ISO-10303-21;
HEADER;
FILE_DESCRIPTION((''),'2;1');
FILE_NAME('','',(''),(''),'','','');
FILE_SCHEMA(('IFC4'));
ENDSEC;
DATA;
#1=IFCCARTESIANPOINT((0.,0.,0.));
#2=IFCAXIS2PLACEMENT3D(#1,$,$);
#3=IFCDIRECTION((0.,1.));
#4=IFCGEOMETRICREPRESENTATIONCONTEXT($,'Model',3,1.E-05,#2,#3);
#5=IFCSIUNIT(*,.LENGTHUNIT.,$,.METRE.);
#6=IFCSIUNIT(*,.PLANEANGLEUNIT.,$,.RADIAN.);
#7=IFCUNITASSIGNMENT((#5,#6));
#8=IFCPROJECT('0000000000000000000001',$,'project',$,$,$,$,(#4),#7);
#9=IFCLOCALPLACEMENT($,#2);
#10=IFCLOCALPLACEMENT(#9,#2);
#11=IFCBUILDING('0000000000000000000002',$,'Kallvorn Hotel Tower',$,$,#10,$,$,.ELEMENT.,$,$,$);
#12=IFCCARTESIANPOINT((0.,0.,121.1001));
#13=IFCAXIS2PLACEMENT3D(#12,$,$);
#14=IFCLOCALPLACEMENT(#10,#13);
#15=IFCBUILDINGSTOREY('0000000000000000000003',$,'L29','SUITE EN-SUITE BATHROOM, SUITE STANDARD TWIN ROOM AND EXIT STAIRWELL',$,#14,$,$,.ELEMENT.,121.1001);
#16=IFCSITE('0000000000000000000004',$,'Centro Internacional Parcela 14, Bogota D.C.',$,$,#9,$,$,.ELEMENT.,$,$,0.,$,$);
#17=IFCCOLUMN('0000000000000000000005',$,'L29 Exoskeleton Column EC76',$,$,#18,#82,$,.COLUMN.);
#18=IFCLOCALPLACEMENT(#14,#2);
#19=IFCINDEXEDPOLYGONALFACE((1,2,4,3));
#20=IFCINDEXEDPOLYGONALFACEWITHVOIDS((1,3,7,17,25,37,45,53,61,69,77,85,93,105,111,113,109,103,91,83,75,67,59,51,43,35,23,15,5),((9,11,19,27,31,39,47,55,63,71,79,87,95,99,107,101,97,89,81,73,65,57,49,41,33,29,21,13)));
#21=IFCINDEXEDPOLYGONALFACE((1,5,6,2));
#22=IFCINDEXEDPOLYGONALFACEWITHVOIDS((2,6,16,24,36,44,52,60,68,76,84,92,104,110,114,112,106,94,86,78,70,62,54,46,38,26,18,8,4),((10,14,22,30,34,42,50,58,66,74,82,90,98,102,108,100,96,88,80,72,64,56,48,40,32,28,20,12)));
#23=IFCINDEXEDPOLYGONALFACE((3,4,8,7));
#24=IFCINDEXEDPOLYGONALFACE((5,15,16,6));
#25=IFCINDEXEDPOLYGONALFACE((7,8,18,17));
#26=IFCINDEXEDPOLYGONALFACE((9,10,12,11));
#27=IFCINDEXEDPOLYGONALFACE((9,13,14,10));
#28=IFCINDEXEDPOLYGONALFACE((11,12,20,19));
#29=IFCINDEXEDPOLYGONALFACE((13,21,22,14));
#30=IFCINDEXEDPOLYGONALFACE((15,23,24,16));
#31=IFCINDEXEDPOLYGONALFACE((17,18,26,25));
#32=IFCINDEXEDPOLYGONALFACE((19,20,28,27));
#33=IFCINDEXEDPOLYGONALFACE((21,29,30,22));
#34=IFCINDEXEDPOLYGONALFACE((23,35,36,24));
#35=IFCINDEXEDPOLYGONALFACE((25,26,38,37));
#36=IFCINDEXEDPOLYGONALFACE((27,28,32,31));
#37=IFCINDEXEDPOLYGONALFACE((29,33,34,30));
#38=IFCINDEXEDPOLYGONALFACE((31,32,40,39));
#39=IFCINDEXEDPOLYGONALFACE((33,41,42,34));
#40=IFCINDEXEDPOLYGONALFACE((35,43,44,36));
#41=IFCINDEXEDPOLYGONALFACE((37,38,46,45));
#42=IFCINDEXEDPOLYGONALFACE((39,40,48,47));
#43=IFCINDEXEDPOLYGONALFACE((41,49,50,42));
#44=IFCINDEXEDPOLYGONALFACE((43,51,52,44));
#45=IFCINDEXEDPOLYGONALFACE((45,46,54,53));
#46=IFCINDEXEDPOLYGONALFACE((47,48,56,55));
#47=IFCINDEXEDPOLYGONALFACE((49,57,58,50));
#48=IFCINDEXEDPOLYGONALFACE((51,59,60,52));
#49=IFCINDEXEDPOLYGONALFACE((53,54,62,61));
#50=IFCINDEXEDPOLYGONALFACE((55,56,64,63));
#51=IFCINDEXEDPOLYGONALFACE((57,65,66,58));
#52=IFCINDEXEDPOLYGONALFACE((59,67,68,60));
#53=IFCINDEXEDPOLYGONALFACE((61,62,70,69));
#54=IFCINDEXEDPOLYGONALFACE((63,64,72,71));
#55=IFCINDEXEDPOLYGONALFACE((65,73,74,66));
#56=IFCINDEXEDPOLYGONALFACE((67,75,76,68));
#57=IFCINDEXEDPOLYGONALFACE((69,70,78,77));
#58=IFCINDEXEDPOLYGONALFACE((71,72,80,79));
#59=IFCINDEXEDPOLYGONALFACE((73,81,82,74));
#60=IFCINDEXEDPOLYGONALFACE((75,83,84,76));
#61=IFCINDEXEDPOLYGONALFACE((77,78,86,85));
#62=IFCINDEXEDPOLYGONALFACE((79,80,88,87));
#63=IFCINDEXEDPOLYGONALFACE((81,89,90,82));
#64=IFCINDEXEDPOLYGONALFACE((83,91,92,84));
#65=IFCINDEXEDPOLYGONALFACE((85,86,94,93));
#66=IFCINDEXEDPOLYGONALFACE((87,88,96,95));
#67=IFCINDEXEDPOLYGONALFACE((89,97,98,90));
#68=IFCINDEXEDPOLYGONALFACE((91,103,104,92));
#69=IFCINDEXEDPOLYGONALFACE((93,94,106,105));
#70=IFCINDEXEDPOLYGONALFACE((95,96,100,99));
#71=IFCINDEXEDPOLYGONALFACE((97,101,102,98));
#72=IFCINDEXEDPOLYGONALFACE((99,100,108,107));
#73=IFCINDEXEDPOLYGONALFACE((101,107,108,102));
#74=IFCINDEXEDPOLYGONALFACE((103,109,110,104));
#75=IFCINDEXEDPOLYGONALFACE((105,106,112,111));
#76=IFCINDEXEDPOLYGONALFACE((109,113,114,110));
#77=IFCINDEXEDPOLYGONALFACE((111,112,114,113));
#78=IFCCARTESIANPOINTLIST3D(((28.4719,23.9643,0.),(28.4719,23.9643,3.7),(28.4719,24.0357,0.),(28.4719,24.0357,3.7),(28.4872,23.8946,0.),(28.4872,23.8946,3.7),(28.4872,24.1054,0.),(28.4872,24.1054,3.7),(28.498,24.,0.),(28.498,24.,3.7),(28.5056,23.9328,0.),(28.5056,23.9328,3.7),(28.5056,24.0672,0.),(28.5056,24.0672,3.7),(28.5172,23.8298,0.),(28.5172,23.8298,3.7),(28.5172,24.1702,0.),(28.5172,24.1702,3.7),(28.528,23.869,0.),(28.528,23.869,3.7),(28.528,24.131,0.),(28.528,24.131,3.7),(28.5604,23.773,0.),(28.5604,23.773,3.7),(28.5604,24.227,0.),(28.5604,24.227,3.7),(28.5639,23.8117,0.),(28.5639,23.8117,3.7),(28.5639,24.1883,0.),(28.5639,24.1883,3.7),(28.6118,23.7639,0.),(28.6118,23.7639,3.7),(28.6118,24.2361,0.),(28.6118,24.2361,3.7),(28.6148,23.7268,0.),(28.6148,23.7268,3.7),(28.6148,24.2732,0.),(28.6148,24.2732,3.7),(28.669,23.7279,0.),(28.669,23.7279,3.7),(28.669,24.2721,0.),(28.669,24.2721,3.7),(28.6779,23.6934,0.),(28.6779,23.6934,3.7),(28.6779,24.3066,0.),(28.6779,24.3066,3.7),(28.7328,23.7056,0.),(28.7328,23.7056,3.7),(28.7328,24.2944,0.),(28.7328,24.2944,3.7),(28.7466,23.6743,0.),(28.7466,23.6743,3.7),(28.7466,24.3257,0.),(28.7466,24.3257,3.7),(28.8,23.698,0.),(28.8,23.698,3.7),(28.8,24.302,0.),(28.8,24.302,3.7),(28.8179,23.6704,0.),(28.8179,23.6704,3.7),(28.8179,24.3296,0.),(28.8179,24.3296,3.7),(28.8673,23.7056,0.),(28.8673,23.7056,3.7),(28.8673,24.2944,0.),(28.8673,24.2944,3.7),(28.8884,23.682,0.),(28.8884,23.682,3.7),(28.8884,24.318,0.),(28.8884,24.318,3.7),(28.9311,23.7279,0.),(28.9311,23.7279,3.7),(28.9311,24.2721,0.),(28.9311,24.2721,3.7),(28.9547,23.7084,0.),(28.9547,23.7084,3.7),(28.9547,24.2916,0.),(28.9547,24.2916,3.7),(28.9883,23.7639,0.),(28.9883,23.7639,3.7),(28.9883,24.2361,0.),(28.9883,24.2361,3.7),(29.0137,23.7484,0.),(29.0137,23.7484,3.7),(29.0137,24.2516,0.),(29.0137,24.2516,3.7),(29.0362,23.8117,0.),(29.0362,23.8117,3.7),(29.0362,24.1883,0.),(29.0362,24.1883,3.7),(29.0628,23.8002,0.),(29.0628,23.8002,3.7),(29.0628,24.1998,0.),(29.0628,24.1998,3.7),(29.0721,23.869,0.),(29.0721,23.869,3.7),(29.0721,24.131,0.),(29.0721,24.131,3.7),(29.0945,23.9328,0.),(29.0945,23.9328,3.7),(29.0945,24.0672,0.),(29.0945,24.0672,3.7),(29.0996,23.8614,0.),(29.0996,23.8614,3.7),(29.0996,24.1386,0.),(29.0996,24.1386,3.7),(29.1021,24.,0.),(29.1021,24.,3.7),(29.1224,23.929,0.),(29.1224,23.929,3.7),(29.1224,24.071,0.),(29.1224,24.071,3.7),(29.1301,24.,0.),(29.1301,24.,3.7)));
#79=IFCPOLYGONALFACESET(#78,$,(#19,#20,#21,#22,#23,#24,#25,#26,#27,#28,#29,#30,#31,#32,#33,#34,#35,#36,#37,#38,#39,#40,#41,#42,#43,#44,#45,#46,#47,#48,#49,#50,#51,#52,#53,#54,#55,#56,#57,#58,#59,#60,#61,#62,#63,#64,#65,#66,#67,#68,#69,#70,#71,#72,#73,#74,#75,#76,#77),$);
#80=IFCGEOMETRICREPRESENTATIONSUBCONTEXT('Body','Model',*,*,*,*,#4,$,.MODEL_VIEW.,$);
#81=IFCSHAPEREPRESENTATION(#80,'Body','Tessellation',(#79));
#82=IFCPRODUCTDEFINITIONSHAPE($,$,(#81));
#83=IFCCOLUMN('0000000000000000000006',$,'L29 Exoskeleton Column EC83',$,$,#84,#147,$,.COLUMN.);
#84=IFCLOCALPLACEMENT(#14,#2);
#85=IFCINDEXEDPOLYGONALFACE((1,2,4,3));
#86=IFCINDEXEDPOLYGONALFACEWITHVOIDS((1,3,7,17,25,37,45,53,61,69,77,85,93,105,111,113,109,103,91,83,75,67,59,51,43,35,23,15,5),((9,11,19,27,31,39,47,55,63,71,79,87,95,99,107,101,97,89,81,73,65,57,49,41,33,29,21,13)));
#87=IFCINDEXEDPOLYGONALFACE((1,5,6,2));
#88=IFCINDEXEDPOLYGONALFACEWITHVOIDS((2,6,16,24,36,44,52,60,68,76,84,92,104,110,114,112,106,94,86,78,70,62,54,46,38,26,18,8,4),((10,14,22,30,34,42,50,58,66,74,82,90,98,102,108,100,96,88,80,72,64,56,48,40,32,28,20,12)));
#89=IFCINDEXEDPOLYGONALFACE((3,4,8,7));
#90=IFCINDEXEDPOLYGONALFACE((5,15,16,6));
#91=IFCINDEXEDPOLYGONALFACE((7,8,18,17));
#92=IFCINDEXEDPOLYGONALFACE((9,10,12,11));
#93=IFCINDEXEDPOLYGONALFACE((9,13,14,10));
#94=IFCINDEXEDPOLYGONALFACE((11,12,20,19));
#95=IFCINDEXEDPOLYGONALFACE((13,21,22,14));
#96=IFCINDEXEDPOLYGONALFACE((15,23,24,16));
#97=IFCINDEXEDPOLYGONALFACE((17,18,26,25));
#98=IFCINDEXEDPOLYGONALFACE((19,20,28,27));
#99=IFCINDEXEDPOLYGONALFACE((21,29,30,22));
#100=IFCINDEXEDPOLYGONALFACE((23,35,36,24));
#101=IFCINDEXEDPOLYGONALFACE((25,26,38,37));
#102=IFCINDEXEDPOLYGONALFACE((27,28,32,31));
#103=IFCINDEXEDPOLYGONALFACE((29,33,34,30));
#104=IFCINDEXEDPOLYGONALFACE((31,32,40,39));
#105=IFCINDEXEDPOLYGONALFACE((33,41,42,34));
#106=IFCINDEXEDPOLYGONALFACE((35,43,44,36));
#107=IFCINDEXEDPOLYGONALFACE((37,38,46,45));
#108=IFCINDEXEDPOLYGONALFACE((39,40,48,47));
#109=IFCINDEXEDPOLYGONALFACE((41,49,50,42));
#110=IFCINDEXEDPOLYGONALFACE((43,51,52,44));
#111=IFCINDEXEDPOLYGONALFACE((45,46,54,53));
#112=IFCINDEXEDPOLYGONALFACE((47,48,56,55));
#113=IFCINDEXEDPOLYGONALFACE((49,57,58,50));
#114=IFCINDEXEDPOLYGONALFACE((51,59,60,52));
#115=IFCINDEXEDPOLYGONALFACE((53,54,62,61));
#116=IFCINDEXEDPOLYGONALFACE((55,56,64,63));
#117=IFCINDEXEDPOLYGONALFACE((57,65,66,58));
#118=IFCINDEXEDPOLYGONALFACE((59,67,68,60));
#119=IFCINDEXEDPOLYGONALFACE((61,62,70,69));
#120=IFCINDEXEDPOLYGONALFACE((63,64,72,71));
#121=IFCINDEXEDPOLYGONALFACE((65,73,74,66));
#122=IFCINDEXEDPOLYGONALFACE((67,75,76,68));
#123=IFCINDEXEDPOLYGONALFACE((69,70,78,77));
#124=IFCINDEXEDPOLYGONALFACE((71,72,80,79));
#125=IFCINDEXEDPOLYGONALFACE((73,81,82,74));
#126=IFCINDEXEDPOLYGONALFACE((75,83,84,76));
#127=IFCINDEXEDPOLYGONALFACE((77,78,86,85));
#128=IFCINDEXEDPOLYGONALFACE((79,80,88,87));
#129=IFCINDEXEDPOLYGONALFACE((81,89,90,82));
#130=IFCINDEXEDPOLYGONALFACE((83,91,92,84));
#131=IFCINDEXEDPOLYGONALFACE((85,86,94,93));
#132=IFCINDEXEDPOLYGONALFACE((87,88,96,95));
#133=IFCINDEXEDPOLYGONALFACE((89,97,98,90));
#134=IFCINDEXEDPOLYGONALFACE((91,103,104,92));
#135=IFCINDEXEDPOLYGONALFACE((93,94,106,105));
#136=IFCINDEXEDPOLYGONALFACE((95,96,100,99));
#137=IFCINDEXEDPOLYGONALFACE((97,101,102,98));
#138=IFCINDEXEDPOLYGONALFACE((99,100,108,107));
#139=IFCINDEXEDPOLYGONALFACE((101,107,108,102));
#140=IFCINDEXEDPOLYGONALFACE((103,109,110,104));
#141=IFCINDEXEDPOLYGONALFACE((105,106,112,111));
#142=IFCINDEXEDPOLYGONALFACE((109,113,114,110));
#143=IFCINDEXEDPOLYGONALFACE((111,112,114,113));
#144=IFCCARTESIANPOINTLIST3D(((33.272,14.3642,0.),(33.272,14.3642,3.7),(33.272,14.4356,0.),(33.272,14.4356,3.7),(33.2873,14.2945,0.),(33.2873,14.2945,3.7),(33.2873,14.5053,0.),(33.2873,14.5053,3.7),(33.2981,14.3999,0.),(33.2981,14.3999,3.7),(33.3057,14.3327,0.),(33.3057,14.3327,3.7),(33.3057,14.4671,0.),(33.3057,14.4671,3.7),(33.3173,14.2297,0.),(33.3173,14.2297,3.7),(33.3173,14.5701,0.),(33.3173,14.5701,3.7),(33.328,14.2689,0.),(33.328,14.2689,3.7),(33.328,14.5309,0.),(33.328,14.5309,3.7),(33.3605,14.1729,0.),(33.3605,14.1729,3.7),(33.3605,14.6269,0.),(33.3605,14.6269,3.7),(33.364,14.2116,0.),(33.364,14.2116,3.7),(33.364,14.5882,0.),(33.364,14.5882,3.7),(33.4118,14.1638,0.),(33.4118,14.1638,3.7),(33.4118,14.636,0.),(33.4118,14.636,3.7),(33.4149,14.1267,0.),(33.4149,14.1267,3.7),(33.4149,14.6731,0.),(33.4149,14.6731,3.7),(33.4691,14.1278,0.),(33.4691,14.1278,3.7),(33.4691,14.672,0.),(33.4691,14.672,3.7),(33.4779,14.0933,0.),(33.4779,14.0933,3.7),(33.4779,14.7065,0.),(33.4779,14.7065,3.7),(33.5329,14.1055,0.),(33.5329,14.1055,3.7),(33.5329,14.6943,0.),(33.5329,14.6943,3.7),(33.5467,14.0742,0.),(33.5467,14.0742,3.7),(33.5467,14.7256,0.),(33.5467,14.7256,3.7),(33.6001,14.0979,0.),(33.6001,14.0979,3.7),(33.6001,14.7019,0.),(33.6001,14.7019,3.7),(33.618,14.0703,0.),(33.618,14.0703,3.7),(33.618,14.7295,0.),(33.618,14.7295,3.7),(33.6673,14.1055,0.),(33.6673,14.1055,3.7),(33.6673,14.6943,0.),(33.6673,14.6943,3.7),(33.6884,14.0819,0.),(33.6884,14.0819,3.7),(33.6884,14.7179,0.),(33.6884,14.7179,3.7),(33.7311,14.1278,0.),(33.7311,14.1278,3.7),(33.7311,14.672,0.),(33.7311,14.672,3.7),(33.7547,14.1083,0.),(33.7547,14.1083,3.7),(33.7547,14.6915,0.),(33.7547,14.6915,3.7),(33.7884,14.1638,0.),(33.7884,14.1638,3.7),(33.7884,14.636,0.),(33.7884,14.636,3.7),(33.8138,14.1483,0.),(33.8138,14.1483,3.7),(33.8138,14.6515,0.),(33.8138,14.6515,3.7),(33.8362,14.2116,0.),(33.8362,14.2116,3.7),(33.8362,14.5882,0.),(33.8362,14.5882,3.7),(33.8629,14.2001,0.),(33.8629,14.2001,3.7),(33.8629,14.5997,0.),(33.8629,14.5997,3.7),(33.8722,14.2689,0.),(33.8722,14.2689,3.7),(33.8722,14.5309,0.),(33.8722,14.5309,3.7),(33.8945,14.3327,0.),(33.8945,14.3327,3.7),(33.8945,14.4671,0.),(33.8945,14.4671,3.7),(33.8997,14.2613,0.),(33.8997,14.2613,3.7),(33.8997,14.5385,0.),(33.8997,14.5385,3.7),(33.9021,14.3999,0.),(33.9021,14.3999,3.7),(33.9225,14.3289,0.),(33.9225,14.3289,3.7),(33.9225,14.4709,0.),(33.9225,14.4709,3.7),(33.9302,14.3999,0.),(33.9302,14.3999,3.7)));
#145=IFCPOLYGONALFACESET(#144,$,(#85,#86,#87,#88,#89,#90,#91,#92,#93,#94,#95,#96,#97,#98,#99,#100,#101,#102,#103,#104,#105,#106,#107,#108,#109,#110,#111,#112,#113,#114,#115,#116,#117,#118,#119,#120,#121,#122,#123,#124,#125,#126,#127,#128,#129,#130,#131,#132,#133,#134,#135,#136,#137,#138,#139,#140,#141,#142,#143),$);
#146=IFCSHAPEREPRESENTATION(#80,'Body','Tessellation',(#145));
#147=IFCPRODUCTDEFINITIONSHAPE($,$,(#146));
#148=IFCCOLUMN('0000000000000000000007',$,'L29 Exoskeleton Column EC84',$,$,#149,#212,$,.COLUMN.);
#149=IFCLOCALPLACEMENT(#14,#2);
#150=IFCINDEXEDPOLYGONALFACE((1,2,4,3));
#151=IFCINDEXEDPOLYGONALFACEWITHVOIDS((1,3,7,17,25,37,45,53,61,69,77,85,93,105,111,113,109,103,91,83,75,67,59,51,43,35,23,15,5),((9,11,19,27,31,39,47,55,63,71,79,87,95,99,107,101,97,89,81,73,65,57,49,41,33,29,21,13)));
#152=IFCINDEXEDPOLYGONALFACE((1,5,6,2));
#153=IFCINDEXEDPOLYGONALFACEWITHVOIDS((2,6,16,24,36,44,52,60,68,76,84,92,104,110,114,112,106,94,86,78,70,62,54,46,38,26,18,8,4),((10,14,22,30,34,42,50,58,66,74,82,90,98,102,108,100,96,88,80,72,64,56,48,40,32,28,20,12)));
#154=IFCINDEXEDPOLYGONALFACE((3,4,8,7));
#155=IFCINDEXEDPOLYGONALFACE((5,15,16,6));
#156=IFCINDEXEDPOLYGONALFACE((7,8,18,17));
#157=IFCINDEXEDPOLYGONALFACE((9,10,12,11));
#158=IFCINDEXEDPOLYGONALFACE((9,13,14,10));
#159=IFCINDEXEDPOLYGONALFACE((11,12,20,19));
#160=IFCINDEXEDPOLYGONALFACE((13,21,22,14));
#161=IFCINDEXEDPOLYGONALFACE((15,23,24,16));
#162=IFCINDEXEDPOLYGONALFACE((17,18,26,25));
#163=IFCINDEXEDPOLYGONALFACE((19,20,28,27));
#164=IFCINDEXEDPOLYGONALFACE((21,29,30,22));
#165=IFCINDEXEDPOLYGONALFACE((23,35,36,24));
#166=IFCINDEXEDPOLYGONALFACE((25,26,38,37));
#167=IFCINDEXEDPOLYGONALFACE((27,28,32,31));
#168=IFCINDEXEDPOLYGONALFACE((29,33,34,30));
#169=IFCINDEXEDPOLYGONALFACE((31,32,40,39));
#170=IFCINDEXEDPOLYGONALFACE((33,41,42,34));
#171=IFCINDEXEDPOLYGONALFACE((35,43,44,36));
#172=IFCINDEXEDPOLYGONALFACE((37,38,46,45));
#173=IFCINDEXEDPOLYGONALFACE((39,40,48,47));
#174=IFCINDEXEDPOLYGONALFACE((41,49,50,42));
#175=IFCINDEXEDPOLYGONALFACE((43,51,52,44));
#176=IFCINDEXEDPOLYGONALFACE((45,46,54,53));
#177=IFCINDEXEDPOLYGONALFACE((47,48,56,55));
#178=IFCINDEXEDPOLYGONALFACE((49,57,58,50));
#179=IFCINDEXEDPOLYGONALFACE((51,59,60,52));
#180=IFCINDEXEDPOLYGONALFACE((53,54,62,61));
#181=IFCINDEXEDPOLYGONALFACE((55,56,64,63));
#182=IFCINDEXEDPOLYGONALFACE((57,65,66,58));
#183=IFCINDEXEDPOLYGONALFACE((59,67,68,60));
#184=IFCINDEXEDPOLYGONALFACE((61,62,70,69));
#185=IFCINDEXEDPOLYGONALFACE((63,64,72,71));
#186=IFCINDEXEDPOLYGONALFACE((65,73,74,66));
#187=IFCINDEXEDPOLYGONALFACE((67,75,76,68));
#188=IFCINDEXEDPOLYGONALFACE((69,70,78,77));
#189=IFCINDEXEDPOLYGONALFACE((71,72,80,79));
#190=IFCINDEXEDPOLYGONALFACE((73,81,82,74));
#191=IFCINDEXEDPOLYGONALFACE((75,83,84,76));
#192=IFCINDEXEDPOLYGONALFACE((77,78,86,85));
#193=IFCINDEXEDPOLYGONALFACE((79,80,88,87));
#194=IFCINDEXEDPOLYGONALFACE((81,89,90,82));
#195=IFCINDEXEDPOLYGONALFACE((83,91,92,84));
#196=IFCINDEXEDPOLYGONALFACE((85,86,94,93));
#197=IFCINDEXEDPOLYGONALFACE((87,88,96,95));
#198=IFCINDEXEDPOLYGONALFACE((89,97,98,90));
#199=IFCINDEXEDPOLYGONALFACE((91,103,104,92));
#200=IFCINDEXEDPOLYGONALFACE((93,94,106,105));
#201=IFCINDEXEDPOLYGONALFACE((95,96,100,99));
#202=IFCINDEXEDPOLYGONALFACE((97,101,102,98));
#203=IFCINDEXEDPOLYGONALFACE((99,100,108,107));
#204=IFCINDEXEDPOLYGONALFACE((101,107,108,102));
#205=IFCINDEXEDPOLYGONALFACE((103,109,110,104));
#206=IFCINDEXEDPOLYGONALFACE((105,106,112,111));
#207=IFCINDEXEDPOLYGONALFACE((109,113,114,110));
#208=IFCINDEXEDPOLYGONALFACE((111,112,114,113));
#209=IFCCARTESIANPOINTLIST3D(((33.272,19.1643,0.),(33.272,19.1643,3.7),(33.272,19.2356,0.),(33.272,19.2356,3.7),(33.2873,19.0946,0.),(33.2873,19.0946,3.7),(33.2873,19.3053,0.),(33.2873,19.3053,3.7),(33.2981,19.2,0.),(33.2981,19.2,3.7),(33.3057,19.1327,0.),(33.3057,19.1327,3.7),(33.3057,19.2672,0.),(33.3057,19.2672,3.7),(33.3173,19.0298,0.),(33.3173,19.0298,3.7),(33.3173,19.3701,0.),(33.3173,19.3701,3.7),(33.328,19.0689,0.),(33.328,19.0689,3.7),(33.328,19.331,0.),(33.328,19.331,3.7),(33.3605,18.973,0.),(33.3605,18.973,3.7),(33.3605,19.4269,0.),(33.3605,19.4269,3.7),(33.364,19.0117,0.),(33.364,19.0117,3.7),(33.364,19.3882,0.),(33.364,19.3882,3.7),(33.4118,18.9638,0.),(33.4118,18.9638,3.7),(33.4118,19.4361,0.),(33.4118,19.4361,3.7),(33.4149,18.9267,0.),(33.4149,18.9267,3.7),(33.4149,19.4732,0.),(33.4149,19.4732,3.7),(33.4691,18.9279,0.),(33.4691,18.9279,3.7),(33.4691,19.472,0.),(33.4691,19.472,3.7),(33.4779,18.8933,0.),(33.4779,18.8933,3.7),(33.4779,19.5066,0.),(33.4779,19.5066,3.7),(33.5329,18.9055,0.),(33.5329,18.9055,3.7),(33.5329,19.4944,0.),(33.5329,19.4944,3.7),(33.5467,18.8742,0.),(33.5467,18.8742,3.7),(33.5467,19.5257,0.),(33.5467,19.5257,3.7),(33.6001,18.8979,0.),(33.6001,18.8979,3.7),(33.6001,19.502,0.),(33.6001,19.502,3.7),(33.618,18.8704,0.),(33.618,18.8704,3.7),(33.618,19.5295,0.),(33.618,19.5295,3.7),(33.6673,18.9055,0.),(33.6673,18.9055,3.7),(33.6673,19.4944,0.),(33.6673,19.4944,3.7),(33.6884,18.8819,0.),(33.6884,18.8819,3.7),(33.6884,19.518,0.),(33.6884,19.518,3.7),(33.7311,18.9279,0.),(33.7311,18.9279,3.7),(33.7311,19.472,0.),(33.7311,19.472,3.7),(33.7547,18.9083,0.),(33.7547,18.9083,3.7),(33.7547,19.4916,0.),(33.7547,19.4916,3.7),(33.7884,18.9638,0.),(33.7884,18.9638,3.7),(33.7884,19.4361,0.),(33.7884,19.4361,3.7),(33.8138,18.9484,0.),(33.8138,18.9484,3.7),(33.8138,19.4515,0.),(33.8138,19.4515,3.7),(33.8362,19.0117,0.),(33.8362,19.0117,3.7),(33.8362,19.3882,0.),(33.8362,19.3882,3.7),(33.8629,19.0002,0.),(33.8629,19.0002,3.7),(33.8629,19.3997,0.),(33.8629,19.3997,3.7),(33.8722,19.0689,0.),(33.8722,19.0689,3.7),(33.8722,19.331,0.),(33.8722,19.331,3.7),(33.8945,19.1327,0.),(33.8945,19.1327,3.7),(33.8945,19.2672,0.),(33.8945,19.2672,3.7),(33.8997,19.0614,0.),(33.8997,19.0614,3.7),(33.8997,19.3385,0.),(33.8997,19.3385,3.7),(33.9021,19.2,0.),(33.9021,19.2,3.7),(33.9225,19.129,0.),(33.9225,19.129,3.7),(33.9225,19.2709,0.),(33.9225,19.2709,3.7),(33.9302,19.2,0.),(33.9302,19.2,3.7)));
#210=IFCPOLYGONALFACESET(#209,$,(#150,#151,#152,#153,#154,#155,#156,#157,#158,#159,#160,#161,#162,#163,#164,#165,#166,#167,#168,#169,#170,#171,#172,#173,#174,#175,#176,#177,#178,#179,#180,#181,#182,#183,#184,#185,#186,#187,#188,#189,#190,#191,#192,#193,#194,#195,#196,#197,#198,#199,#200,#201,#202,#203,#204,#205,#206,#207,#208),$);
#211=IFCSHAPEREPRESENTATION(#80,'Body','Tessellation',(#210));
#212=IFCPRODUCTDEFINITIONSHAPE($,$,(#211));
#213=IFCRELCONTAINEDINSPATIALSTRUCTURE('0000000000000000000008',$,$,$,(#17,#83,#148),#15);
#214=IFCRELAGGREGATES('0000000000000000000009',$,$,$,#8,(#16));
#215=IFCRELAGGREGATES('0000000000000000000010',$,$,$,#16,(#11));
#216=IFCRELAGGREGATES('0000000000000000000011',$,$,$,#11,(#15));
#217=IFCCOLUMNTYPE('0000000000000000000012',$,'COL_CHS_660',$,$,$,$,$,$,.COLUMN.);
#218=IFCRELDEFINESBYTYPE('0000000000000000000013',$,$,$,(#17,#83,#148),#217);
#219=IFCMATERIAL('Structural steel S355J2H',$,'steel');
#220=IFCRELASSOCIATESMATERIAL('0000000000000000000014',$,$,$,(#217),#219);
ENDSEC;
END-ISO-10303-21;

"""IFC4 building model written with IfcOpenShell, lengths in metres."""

from ifc_helpers import new_model, si_unit, direction, frame, origin, origin_2d, place, context, subcontext, project, spatial, hollow_circle, extrude, material, material_profile, profile_set, type_object, element, save


model = new_model("IFC4")

# Units and contexts
model_context = context("Model", 3, precision=1e-05, world=origin(), true_north=direction((0.0, 1.0)))
body_context = subcontext(model_context, "Body", "Model", "MODEL_VIEW")
ifc_project = project(units=[si_unit("LENGTHUNIT", "METRE"), si_unit("PLANEANGLEUNIT", "RADIAN")], contexts=[model_context])

# Site, building, storey
site_placement = place(None, origin())
site = spatial("IfcSite", under=ifc_project, at=site_placement, Name="Centro Internacional Parcela 14, Bogota D.C.", CompositionType="ELEMENT", RefElevation=0.0)
building_placement = place(site_placement, origin())
building = spatial("IfcBuilding", under=site, at=building_placement, Name="Kallvorn Hotel Tower", CompositionType="ELEMENT")
storey_placement = place(building_placement, frame((0.0, 0.0, 121.1001)))
storey = spatial("IfcBuildingStorey", under=building, at=storey_placement, Name="L29", Description="SUITE EN-SUITE BATHROOM, SUITE STANDARD TWIN ROOM AND EXIT STAIRWELL", CompositionType="ELEMENT", Elevation=121.1001)

# Columns
ifc_material_1 = material(Name="Structural steel S355J2H", Category="steel")
ifc_material_profile_1 = material_profile(ifc_material_1, hollow_circle(Radius=0.3301, WallThickness=0.0281, at=origin_2d()), Name="CHS 660x28")
ifc_profile_set_1 = profile_set([ifc_material_profile_1], Name="Structural steel S355J2H")
column_type_1 = type_object("IfcColumnType", Name="COL_CHS_660", PredefinedType="COLUMN", material=ifc_profile_set_1)
for number, where, z_axis, x_axis, name in (
    (1, (28.8, 24.0, 0.0), (0.0, 0.0, 1.0), (1.0, 0.0, 0.0), "L29 Exoskeleton Column EC76"),
    (2, (33.6001, 14.3999, 0.0), (0.0, 0.0, 1.0), (1.0, 0.0, 0.0), "L29 Exoskeleton Column EC83"),
    (3, (33.6001, 19.2, 0.0), (0.0, 0.0, 1.0), (1.0, 0.0, 0.0), "L29 Exoskeleton Column EC84"),
):
    element("IfcColumn", number, at=place(storey_placement, frame(where, z_axis=z_axis, x_axis=x_axis)), inside=storey, type_object=column_type_1, Name=name, PredefinedType="COLUMN", context=body_context, shape_type="SweptSolid", body=[
        extrude(hollow_circle(Radius=0.3301, WallThickness=0.0281, at=origin_2d()), origin(), (0.0, 0.0, 1.0), 3.7),
    ])

save(model, "model.ifc")
